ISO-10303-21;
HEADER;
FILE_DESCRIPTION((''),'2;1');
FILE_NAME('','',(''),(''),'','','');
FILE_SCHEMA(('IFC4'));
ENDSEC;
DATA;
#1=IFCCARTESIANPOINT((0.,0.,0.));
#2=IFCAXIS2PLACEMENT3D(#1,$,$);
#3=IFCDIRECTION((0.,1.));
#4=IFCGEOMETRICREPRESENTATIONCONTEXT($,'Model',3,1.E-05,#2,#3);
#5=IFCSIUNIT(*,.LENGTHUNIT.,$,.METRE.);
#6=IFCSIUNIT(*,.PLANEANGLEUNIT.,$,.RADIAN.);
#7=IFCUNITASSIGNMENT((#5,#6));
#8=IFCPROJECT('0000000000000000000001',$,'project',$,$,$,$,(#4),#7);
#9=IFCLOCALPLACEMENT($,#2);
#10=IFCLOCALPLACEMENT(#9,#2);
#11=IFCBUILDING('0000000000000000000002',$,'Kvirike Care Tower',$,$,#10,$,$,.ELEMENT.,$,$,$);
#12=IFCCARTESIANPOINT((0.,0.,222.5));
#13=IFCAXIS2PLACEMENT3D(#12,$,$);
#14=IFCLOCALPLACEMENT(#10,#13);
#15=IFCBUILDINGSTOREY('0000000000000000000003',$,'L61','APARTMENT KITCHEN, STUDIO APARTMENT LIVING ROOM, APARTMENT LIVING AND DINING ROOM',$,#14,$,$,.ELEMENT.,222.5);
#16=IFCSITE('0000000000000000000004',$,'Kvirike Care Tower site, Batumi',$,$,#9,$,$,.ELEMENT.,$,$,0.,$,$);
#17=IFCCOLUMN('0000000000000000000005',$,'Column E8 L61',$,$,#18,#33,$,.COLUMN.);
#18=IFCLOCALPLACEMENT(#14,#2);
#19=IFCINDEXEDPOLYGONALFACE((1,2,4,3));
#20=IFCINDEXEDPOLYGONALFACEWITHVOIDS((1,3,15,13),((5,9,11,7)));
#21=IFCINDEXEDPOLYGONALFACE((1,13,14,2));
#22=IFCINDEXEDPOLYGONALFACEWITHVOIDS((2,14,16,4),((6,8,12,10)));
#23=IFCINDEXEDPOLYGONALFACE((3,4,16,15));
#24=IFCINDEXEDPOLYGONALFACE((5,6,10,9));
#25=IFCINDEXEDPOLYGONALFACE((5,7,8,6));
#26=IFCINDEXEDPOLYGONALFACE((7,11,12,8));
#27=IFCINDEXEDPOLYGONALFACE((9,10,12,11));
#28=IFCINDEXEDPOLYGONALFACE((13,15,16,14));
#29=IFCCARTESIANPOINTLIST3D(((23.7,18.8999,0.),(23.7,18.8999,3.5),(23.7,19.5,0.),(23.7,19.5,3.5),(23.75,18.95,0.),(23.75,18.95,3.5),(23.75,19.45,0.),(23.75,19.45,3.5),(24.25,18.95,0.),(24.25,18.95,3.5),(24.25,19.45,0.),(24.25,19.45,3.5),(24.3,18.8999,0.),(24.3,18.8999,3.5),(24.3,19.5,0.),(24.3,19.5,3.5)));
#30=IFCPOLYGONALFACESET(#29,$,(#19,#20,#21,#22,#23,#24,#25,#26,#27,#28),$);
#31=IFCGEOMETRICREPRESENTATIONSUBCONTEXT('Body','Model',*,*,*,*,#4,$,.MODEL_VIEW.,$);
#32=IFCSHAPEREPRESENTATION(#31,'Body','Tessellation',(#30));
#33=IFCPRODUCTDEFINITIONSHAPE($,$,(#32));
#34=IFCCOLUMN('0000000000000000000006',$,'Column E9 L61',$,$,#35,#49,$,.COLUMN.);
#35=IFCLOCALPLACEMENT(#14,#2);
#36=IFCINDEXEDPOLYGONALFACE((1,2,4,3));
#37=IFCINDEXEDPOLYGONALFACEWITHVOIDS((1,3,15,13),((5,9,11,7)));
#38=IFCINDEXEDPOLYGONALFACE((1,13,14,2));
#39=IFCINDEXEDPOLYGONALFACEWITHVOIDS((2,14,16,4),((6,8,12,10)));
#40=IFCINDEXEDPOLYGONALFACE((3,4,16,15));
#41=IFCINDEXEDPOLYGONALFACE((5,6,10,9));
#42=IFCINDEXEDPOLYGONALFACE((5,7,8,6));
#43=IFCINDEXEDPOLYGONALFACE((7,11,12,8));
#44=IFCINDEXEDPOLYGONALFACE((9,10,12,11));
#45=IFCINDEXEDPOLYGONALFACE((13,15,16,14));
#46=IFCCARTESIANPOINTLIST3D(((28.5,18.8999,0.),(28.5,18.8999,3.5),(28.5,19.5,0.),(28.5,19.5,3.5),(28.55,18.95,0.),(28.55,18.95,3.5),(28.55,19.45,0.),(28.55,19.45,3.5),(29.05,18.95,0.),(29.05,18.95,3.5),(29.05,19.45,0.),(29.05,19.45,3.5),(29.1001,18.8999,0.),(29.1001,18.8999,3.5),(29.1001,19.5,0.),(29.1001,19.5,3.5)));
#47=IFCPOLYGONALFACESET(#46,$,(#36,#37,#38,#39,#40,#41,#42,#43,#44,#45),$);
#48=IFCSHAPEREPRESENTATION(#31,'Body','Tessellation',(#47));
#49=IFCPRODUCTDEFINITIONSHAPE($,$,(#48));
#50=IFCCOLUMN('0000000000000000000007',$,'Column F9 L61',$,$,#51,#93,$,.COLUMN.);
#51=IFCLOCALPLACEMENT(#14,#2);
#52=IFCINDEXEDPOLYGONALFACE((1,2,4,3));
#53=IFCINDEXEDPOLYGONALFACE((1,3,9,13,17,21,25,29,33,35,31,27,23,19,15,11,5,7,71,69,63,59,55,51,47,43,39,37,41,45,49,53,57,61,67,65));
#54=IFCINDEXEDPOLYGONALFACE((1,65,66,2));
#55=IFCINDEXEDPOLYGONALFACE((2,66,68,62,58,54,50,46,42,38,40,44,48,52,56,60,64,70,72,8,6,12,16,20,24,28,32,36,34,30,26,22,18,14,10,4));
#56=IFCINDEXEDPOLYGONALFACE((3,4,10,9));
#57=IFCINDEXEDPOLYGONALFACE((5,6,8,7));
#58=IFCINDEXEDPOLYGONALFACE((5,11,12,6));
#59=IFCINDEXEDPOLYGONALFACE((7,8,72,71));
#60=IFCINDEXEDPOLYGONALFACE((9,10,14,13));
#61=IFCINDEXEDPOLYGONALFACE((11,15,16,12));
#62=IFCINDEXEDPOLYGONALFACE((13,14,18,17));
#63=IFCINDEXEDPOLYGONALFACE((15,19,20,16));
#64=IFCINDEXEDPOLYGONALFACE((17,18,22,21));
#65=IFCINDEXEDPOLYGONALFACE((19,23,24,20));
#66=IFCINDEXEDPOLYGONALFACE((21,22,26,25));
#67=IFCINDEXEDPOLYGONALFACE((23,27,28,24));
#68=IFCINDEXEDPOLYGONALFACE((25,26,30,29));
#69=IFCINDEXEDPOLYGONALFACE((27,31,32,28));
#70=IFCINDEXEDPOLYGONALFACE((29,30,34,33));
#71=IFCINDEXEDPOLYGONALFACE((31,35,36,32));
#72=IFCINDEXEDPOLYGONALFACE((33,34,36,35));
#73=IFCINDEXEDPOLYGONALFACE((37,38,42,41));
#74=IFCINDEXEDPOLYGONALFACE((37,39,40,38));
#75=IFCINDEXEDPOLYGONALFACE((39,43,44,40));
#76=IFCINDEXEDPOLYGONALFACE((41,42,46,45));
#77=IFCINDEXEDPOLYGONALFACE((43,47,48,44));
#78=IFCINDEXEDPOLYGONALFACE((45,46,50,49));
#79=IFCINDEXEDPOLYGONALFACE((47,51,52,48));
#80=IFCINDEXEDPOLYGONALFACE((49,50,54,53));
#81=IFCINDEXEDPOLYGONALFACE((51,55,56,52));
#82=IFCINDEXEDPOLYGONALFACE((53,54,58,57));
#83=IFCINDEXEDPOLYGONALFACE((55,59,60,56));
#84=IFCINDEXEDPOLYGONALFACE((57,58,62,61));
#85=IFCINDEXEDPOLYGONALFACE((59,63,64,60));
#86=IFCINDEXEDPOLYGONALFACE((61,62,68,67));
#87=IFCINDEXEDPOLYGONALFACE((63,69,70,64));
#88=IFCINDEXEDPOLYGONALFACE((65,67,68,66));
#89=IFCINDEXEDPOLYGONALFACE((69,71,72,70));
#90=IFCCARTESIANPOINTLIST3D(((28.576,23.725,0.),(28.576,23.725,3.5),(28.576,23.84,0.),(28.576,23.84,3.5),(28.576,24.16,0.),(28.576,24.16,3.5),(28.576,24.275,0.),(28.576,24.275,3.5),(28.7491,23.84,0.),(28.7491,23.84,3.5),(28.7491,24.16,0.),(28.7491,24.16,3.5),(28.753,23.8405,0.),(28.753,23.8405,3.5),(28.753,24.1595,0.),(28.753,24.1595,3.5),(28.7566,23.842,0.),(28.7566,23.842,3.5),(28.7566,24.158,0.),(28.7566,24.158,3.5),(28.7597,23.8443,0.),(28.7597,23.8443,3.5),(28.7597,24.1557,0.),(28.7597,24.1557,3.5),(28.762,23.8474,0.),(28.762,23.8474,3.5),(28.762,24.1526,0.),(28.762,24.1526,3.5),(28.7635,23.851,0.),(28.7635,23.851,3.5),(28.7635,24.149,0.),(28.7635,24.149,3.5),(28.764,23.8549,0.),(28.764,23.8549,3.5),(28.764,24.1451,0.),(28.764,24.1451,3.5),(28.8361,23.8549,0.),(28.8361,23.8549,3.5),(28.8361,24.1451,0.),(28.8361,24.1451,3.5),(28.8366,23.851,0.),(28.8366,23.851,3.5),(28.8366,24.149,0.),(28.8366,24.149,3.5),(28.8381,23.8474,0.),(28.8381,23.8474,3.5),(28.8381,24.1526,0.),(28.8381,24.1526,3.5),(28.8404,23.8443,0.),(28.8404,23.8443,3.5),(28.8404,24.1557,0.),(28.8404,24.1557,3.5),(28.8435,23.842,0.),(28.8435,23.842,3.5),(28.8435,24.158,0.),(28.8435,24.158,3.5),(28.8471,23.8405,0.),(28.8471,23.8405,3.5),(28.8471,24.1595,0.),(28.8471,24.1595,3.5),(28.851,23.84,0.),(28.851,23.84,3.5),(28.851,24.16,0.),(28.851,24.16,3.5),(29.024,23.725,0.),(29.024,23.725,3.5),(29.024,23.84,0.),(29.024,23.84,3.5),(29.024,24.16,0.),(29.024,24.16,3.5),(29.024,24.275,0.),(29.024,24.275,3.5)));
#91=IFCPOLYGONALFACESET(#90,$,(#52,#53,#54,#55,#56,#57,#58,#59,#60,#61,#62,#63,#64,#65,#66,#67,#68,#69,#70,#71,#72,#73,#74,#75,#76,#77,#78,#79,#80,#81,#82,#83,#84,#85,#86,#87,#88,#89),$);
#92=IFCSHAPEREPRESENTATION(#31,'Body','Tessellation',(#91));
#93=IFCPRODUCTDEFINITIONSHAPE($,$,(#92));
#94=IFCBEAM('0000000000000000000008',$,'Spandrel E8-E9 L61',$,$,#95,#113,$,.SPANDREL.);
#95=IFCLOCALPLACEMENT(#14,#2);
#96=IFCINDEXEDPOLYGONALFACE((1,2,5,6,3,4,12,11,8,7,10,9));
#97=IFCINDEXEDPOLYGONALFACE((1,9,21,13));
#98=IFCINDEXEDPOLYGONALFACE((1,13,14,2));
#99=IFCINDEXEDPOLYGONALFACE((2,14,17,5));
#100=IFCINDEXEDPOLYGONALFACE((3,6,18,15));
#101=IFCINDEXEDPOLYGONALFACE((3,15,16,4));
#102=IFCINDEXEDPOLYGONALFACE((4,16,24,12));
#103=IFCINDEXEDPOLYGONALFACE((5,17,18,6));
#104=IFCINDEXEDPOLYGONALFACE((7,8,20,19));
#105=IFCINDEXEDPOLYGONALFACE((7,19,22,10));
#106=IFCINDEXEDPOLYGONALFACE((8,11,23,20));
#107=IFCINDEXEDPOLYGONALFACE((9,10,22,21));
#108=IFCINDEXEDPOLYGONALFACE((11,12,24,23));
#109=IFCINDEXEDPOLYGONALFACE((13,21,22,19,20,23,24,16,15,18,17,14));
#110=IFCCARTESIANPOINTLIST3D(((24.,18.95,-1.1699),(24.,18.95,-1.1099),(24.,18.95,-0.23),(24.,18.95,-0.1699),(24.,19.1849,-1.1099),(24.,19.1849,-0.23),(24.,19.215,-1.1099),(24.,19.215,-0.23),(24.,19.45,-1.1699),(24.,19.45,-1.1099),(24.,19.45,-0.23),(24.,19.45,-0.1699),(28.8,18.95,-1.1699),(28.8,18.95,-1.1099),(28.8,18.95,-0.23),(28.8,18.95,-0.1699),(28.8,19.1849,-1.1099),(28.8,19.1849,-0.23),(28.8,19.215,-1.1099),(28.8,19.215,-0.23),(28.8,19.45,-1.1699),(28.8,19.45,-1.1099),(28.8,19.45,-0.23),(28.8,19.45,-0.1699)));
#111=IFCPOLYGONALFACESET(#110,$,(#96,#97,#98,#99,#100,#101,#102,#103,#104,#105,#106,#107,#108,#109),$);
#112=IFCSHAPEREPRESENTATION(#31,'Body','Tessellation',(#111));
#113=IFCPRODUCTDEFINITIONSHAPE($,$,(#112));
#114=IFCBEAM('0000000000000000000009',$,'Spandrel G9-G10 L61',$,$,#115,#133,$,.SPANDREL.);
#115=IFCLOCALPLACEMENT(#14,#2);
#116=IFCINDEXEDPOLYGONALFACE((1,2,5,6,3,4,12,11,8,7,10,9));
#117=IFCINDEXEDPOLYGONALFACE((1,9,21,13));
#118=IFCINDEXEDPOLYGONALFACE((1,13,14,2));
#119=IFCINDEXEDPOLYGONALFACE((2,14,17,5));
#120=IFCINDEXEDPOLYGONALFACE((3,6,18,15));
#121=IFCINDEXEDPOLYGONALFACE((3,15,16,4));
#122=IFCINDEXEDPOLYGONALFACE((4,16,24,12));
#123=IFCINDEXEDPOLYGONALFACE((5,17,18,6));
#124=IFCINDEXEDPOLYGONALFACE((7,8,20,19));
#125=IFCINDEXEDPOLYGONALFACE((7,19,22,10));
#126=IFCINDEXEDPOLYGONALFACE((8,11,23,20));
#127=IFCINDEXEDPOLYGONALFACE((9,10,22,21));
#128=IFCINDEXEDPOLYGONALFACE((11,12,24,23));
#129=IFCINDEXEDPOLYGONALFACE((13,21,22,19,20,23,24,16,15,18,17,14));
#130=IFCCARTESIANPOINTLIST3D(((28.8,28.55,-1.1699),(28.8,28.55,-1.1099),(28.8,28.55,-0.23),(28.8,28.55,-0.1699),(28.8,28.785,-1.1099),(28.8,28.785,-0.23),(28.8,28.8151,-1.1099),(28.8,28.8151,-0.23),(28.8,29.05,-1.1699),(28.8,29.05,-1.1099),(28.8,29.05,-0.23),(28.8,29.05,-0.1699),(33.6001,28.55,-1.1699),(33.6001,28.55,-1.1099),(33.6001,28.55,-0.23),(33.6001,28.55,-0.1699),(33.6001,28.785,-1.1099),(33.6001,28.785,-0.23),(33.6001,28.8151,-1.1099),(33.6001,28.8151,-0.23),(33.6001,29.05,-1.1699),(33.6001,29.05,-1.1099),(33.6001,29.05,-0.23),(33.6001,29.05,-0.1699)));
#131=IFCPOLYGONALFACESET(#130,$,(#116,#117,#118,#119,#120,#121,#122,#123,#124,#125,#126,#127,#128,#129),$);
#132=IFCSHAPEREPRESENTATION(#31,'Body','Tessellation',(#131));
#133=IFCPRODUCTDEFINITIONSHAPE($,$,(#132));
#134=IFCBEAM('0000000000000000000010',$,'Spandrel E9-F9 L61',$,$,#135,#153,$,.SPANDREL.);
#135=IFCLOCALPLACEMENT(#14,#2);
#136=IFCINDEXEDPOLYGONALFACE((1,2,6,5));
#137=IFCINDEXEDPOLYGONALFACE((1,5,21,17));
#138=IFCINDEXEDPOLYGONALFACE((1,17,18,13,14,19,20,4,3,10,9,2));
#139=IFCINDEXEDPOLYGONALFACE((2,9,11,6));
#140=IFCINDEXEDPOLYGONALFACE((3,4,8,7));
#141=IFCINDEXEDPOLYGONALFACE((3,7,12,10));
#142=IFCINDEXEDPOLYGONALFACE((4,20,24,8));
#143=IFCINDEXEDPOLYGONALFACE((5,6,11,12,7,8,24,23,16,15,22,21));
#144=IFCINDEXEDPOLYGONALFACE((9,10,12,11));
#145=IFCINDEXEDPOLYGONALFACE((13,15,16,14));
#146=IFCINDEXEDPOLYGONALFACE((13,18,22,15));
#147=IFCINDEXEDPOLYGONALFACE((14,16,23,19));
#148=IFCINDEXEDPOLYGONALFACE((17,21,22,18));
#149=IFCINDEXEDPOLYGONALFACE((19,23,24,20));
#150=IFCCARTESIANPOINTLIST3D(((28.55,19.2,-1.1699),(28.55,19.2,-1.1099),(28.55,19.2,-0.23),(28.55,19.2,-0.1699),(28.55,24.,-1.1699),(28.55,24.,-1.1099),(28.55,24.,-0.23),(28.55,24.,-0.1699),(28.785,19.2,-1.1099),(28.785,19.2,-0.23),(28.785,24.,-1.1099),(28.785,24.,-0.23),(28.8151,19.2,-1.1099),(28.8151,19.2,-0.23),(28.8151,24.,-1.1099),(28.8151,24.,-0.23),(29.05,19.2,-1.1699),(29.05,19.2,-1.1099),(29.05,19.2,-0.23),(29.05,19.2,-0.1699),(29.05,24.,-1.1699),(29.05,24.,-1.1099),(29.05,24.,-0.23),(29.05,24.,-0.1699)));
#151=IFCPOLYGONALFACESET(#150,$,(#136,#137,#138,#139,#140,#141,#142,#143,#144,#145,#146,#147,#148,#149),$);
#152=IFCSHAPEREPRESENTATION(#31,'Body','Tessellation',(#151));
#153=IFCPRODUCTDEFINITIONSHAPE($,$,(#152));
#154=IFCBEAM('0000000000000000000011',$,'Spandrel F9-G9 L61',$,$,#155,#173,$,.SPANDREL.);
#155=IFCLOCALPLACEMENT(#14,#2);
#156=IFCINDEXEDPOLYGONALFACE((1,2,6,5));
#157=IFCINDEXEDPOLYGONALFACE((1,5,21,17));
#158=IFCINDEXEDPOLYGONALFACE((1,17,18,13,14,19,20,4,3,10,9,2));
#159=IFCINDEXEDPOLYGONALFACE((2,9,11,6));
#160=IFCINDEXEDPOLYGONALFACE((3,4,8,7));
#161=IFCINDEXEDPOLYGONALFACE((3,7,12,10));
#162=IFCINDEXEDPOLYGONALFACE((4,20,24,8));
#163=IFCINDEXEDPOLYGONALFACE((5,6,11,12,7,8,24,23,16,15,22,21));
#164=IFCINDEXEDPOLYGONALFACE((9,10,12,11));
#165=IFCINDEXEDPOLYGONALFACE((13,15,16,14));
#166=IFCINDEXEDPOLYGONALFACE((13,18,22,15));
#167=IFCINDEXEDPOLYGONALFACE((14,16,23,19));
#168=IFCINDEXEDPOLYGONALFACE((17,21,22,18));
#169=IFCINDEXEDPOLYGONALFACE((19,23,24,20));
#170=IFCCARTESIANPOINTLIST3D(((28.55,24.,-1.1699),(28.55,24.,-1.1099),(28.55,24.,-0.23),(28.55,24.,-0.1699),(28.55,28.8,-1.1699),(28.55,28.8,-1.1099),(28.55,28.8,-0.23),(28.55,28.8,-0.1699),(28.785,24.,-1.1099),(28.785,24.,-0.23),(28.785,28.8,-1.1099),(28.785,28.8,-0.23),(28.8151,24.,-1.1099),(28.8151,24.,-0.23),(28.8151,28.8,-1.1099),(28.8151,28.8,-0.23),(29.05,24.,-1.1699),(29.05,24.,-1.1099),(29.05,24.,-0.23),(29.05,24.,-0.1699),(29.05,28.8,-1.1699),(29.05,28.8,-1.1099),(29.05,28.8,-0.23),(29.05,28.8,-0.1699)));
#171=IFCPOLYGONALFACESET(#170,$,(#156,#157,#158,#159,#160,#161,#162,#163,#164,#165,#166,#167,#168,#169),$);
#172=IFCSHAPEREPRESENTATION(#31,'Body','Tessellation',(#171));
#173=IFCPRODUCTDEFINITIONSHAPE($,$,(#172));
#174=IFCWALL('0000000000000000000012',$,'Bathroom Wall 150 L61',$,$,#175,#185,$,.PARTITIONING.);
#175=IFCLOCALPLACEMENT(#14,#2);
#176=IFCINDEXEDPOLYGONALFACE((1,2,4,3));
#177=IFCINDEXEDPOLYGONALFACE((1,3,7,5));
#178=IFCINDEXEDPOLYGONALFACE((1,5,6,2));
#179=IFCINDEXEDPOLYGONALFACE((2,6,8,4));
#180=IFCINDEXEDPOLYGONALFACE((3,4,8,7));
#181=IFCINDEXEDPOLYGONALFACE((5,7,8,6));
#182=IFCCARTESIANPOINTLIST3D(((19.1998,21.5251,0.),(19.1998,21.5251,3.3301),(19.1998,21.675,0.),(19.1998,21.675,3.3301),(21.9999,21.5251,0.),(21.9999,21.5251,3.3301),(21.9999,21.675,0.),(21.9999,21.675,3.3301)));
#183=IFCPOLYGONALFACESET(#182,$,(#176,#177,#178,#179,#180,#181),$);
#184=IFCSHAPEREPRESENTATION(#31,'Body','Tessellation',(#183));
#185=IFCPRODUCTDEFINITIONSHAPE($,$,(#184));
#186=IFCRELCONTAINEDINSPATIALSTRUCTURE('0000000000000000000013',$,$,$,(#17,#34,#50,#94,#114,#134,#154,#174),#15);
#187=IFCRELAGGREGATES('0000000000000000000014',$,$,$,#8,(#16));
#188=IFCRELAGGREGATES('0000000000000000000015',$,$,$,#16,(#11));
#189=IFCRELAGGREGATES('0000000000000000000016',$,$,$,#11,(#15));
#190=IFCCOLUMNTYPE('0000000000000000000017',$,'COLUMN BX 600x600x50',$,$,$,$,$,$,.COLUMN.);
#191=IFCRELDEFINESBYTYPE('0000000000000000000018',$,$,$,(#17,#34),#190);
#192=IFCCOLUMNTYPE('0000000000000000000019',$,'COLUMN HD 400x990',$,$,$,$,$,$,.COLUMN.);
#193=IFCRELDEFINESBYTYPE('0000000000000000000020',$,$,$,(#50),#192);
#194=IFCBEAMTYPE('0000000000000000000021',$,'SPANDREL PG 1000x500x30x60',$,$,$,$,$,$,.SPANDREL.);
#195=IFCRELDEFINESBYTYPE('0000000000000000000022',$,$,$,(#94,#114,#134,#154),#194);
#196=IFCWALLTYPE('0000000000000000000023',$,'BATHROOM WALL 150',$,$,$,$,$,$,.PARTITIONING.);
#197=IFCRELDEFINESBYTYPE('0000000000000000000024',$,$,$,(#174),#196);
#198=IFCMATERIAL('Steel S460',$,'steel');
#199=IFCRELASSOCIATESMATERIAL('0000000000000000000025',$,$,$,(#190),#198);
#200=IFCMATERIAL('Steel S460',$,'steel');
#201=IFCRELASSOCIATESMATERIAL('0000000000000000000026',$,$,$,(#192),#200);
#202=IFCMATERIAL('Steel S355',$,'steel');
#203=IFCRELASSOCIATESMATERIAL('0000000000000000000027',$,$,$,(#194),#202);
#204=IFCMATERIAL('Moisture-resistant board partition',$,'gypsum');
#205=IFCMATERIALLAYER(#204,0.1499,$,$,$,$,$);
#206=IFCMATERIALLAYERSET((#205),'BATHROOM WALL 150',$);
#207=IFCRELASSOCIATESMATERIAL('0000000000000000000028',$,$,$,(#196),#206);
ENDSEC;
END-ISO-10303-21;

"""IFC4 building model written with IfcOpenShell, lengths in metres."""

from ifc_helpers import new_model, si_unit, direction, frame, frame_2d, origin, origin_2d, place, context, subcontext, project, spatial, rectangle, hollow_rectangle, i_section, extrude, material, layer, layer_set, material_profile, profile_set, type_object, element, save


model = new_model("IFC4")

# Units and contexts
model_context = context("Model", 3, precision=1e-05, world=origin(), true_north=direction((0.0, 1.0)))
body_context = subcontext(model_context, "Body", "Model", "MODEL_VIEW")
ifc_project = project(units=[si_unit("LENGTHUNIT", "METRE"), si_unit("PLANEANGLEUNIT", "RADIAN")], contexts=[model_context])

# Site, building, storey
site_placement = place(None, origin())
site = spatial("IfcSite", under=ifc_project, at=site_placement, Name="Kvirike Care Tower site, Batumi", CompositionType="ELEMENT", RefElevation=0.0)
building_placement = place(site_placement, origin())
building = spatial("IfcBuilding", under=site, at=building_placement, Name="Kvirike Care Tower", CompositionType="ELEMENT")
storey_placement = place(building_placement, frame((0.0, 0.0, 222.5)))
storey = spatial("IfcBuildingStorey", under=building, at=storey_placement, Name="L61", Description="APARTMENT KITCHEN, STUDIO APARTMENT LIVING ROOM, APARTMENT LIVING AND DINING ROOM", CompositionType="ELEMENT", Elevation=222.5)

# Columns
ifc_material_1 = material(Name="Steel S460", Category="steel")
ifc_material_profile_1 = material_profile(ifc_material_1, hollow_rectangle(XDim=0.6001, YDim=0.6001, WallThickness=0.05, at=origin_2d()), Name="BX 600x600x50")
ifc_profile_set_1 = profile_set([ifc_material_profile_1], Name="Steel S460")
column_type_1 = type_object("IfcColumnType", Name="COLUMN BX 600x600x50", PredefinedType="COLUMN", material=ifc_profile_set_1)
for number, where, z_axis, x_axis, name in (
    (1, (24.0, 19.2, 0.0), (0.0, 0.0, 1.0), (0.0, 1.0, 0.0), "Column E8 L61"),
    (2, (28.8, 19.2, 0.0), (0.0, 0.0, 1.0), (0.0, 1.0, 0.0), "Column E9 L61"),
):
    element("IfcColumn", number, at=place(storey_placement, frame(where, z_axis=z_axis, x_axis=x_axis)), inside=storey, type_object=column_type_1, Name=name, PredefinedType="COLUMN", context=body_context, shape_type="SweptSolid", body=[
        extrude(hollow_rectangle(XDim=0.6001, YDim=0.6001, WallThickness=0.05, at=origin_2d()), origin(), (0.0, 0.0, 1.0), 3.5),
    ])
ifc_material_2 = material(Name="Steel S460", Category="steel")
ifc_material_profile_2 = material_profile(ifc_material_2, i_section(OverallWidth=0.448, OverallDepth=0.55, WebThickness=0.072, FlangeThickness=0.115, FilletRadius=0.0149, at=origin_2d()), Name="HD 400x990")
ifc_profile_set_2 = profile_set([ifc_material_profile_2], Name="Steel S460")
column_type_2 = type_object("IfcColumnType", Name="COLUMN HD 400x990", PredefinedType="COLUMN", material=ifc_profile_set_2)
column_placement = place(storey_placement, frame((28.8, 24.0, 0.0), z_axis=(0.0, 0.0, 1.0), x_axis=(1.0, 0.0, 0.0)))
element("IfcColumn", 3, at=column_placement, inside=storey, type_object=column_type_2, Name="Column F9 L61", PredefinedType="COLUMN", context=body_context, shape_type="SweptSolid", body=[
    extrude(i_section(OverallWidth=0.448, OverallDepth=0.55, WebThickness=0.072, FlangeThickness=0.115, FilletRadius=0.0149, at=origin_2d()), origin(), (0.0, 0.0, 1.0), 3.5),
])

# Beams
ifc_material_3 = material(Name="Steel S355", Category="steel")
ifc_material_profile_3 = material_profile(ifc_material_3, i_section(OverallWidth=0.5, OverallDepth=1.0, WebThickness=0.03, FlangeThickness=0.0601, at=origin_2d()), Name="PG 1000x500x30x60")
ifc_profile_set_3 = profile_set([ifc_material_profile_3], Name="Steel S355")
beam_type = type_object("IfcBeamType", Name="SPANDREL PG 1000x500x30x60", PredefinedType="SPANDREL", material=ifc_profile_set_3)
for number, where, z_axis, x_axis, name in (
    (4, (24.0, 19.2, -0.6699), (1.0, 0.0, 0.0), (0.0, 1.0, 0.0), "Spandrel E8-E9 L61"),
    (5, (28.8, 28.8, -0.6699), (1.0, 0.0, 0.0), (0.0, 1.0, 0.0), "Spandrel G9-G10 L61"),
    (6, (28.8, 19.2, -0.6699), (0.0, 1.0, 0.0), (-1.0, 0.0, 0.0), "Spandrel E9-F9 L61"),
    (7, (28.8, 24.0, -0.6699), (0.0, 1.0, 0.0), (-1.0, 0.0, 0.0), "Spandrel F9-G9 L61"),
):
    element("IfcBeam", number, at=place(storey_placement, frame(where, z_axis=z_axis, x_axis=x_axis)), inside=storey, type_object=beam_type, Name=name, PredefinedType="SPANDREL", context=body_context, shape_type="SweptSolid", body=[
        extrude(i_section(OverallWidth=0.5, OverallDepth=1.0, WebThickness=0.03, FlangeThickness=0.0601, at=origin_2d()), origin(), (0.0, 0.0, 1.0), 4.8),
    ])

# Wall
ifc_material_4 = material(Name="Moisture-resistant board partition", Category="gypsum")
ifc_layer_1 = layer(ifc_material_4, 0.1499)
ifc_layer_set_1 = layer_set([ifc_layer_1], Name="BATHROOM WALL 150")
wall_type_1 = type_object("IfcWallType", Name="BATHROOM WALL 150", PredefinedType="PARTITIONING", material=ifc_layer_set_1)
wall_1_placement = place(storey_placement, frame((19.2, 21.6001, 0.0), z_axis=(0.0, 0.0, 1.0), x_axis=(1.0, 0.0, 0.0)))
element("IfcWall", 8, at=wall_1_placement, inside=storey, type_object=wall_type_1, Name="Bathroom Wall 150 L61", PredefinedType="PARTITIONING", context=body_context, shape_type="SweptSolid", body=[
    extrude(rectangle(XDim=2.8, YDim=0.1499, at=frame_2d((1.3999, 0.0))), origin(), (0.0, 0.0, 1.0), 3.3301),
])

save(model, "model.ifc")
